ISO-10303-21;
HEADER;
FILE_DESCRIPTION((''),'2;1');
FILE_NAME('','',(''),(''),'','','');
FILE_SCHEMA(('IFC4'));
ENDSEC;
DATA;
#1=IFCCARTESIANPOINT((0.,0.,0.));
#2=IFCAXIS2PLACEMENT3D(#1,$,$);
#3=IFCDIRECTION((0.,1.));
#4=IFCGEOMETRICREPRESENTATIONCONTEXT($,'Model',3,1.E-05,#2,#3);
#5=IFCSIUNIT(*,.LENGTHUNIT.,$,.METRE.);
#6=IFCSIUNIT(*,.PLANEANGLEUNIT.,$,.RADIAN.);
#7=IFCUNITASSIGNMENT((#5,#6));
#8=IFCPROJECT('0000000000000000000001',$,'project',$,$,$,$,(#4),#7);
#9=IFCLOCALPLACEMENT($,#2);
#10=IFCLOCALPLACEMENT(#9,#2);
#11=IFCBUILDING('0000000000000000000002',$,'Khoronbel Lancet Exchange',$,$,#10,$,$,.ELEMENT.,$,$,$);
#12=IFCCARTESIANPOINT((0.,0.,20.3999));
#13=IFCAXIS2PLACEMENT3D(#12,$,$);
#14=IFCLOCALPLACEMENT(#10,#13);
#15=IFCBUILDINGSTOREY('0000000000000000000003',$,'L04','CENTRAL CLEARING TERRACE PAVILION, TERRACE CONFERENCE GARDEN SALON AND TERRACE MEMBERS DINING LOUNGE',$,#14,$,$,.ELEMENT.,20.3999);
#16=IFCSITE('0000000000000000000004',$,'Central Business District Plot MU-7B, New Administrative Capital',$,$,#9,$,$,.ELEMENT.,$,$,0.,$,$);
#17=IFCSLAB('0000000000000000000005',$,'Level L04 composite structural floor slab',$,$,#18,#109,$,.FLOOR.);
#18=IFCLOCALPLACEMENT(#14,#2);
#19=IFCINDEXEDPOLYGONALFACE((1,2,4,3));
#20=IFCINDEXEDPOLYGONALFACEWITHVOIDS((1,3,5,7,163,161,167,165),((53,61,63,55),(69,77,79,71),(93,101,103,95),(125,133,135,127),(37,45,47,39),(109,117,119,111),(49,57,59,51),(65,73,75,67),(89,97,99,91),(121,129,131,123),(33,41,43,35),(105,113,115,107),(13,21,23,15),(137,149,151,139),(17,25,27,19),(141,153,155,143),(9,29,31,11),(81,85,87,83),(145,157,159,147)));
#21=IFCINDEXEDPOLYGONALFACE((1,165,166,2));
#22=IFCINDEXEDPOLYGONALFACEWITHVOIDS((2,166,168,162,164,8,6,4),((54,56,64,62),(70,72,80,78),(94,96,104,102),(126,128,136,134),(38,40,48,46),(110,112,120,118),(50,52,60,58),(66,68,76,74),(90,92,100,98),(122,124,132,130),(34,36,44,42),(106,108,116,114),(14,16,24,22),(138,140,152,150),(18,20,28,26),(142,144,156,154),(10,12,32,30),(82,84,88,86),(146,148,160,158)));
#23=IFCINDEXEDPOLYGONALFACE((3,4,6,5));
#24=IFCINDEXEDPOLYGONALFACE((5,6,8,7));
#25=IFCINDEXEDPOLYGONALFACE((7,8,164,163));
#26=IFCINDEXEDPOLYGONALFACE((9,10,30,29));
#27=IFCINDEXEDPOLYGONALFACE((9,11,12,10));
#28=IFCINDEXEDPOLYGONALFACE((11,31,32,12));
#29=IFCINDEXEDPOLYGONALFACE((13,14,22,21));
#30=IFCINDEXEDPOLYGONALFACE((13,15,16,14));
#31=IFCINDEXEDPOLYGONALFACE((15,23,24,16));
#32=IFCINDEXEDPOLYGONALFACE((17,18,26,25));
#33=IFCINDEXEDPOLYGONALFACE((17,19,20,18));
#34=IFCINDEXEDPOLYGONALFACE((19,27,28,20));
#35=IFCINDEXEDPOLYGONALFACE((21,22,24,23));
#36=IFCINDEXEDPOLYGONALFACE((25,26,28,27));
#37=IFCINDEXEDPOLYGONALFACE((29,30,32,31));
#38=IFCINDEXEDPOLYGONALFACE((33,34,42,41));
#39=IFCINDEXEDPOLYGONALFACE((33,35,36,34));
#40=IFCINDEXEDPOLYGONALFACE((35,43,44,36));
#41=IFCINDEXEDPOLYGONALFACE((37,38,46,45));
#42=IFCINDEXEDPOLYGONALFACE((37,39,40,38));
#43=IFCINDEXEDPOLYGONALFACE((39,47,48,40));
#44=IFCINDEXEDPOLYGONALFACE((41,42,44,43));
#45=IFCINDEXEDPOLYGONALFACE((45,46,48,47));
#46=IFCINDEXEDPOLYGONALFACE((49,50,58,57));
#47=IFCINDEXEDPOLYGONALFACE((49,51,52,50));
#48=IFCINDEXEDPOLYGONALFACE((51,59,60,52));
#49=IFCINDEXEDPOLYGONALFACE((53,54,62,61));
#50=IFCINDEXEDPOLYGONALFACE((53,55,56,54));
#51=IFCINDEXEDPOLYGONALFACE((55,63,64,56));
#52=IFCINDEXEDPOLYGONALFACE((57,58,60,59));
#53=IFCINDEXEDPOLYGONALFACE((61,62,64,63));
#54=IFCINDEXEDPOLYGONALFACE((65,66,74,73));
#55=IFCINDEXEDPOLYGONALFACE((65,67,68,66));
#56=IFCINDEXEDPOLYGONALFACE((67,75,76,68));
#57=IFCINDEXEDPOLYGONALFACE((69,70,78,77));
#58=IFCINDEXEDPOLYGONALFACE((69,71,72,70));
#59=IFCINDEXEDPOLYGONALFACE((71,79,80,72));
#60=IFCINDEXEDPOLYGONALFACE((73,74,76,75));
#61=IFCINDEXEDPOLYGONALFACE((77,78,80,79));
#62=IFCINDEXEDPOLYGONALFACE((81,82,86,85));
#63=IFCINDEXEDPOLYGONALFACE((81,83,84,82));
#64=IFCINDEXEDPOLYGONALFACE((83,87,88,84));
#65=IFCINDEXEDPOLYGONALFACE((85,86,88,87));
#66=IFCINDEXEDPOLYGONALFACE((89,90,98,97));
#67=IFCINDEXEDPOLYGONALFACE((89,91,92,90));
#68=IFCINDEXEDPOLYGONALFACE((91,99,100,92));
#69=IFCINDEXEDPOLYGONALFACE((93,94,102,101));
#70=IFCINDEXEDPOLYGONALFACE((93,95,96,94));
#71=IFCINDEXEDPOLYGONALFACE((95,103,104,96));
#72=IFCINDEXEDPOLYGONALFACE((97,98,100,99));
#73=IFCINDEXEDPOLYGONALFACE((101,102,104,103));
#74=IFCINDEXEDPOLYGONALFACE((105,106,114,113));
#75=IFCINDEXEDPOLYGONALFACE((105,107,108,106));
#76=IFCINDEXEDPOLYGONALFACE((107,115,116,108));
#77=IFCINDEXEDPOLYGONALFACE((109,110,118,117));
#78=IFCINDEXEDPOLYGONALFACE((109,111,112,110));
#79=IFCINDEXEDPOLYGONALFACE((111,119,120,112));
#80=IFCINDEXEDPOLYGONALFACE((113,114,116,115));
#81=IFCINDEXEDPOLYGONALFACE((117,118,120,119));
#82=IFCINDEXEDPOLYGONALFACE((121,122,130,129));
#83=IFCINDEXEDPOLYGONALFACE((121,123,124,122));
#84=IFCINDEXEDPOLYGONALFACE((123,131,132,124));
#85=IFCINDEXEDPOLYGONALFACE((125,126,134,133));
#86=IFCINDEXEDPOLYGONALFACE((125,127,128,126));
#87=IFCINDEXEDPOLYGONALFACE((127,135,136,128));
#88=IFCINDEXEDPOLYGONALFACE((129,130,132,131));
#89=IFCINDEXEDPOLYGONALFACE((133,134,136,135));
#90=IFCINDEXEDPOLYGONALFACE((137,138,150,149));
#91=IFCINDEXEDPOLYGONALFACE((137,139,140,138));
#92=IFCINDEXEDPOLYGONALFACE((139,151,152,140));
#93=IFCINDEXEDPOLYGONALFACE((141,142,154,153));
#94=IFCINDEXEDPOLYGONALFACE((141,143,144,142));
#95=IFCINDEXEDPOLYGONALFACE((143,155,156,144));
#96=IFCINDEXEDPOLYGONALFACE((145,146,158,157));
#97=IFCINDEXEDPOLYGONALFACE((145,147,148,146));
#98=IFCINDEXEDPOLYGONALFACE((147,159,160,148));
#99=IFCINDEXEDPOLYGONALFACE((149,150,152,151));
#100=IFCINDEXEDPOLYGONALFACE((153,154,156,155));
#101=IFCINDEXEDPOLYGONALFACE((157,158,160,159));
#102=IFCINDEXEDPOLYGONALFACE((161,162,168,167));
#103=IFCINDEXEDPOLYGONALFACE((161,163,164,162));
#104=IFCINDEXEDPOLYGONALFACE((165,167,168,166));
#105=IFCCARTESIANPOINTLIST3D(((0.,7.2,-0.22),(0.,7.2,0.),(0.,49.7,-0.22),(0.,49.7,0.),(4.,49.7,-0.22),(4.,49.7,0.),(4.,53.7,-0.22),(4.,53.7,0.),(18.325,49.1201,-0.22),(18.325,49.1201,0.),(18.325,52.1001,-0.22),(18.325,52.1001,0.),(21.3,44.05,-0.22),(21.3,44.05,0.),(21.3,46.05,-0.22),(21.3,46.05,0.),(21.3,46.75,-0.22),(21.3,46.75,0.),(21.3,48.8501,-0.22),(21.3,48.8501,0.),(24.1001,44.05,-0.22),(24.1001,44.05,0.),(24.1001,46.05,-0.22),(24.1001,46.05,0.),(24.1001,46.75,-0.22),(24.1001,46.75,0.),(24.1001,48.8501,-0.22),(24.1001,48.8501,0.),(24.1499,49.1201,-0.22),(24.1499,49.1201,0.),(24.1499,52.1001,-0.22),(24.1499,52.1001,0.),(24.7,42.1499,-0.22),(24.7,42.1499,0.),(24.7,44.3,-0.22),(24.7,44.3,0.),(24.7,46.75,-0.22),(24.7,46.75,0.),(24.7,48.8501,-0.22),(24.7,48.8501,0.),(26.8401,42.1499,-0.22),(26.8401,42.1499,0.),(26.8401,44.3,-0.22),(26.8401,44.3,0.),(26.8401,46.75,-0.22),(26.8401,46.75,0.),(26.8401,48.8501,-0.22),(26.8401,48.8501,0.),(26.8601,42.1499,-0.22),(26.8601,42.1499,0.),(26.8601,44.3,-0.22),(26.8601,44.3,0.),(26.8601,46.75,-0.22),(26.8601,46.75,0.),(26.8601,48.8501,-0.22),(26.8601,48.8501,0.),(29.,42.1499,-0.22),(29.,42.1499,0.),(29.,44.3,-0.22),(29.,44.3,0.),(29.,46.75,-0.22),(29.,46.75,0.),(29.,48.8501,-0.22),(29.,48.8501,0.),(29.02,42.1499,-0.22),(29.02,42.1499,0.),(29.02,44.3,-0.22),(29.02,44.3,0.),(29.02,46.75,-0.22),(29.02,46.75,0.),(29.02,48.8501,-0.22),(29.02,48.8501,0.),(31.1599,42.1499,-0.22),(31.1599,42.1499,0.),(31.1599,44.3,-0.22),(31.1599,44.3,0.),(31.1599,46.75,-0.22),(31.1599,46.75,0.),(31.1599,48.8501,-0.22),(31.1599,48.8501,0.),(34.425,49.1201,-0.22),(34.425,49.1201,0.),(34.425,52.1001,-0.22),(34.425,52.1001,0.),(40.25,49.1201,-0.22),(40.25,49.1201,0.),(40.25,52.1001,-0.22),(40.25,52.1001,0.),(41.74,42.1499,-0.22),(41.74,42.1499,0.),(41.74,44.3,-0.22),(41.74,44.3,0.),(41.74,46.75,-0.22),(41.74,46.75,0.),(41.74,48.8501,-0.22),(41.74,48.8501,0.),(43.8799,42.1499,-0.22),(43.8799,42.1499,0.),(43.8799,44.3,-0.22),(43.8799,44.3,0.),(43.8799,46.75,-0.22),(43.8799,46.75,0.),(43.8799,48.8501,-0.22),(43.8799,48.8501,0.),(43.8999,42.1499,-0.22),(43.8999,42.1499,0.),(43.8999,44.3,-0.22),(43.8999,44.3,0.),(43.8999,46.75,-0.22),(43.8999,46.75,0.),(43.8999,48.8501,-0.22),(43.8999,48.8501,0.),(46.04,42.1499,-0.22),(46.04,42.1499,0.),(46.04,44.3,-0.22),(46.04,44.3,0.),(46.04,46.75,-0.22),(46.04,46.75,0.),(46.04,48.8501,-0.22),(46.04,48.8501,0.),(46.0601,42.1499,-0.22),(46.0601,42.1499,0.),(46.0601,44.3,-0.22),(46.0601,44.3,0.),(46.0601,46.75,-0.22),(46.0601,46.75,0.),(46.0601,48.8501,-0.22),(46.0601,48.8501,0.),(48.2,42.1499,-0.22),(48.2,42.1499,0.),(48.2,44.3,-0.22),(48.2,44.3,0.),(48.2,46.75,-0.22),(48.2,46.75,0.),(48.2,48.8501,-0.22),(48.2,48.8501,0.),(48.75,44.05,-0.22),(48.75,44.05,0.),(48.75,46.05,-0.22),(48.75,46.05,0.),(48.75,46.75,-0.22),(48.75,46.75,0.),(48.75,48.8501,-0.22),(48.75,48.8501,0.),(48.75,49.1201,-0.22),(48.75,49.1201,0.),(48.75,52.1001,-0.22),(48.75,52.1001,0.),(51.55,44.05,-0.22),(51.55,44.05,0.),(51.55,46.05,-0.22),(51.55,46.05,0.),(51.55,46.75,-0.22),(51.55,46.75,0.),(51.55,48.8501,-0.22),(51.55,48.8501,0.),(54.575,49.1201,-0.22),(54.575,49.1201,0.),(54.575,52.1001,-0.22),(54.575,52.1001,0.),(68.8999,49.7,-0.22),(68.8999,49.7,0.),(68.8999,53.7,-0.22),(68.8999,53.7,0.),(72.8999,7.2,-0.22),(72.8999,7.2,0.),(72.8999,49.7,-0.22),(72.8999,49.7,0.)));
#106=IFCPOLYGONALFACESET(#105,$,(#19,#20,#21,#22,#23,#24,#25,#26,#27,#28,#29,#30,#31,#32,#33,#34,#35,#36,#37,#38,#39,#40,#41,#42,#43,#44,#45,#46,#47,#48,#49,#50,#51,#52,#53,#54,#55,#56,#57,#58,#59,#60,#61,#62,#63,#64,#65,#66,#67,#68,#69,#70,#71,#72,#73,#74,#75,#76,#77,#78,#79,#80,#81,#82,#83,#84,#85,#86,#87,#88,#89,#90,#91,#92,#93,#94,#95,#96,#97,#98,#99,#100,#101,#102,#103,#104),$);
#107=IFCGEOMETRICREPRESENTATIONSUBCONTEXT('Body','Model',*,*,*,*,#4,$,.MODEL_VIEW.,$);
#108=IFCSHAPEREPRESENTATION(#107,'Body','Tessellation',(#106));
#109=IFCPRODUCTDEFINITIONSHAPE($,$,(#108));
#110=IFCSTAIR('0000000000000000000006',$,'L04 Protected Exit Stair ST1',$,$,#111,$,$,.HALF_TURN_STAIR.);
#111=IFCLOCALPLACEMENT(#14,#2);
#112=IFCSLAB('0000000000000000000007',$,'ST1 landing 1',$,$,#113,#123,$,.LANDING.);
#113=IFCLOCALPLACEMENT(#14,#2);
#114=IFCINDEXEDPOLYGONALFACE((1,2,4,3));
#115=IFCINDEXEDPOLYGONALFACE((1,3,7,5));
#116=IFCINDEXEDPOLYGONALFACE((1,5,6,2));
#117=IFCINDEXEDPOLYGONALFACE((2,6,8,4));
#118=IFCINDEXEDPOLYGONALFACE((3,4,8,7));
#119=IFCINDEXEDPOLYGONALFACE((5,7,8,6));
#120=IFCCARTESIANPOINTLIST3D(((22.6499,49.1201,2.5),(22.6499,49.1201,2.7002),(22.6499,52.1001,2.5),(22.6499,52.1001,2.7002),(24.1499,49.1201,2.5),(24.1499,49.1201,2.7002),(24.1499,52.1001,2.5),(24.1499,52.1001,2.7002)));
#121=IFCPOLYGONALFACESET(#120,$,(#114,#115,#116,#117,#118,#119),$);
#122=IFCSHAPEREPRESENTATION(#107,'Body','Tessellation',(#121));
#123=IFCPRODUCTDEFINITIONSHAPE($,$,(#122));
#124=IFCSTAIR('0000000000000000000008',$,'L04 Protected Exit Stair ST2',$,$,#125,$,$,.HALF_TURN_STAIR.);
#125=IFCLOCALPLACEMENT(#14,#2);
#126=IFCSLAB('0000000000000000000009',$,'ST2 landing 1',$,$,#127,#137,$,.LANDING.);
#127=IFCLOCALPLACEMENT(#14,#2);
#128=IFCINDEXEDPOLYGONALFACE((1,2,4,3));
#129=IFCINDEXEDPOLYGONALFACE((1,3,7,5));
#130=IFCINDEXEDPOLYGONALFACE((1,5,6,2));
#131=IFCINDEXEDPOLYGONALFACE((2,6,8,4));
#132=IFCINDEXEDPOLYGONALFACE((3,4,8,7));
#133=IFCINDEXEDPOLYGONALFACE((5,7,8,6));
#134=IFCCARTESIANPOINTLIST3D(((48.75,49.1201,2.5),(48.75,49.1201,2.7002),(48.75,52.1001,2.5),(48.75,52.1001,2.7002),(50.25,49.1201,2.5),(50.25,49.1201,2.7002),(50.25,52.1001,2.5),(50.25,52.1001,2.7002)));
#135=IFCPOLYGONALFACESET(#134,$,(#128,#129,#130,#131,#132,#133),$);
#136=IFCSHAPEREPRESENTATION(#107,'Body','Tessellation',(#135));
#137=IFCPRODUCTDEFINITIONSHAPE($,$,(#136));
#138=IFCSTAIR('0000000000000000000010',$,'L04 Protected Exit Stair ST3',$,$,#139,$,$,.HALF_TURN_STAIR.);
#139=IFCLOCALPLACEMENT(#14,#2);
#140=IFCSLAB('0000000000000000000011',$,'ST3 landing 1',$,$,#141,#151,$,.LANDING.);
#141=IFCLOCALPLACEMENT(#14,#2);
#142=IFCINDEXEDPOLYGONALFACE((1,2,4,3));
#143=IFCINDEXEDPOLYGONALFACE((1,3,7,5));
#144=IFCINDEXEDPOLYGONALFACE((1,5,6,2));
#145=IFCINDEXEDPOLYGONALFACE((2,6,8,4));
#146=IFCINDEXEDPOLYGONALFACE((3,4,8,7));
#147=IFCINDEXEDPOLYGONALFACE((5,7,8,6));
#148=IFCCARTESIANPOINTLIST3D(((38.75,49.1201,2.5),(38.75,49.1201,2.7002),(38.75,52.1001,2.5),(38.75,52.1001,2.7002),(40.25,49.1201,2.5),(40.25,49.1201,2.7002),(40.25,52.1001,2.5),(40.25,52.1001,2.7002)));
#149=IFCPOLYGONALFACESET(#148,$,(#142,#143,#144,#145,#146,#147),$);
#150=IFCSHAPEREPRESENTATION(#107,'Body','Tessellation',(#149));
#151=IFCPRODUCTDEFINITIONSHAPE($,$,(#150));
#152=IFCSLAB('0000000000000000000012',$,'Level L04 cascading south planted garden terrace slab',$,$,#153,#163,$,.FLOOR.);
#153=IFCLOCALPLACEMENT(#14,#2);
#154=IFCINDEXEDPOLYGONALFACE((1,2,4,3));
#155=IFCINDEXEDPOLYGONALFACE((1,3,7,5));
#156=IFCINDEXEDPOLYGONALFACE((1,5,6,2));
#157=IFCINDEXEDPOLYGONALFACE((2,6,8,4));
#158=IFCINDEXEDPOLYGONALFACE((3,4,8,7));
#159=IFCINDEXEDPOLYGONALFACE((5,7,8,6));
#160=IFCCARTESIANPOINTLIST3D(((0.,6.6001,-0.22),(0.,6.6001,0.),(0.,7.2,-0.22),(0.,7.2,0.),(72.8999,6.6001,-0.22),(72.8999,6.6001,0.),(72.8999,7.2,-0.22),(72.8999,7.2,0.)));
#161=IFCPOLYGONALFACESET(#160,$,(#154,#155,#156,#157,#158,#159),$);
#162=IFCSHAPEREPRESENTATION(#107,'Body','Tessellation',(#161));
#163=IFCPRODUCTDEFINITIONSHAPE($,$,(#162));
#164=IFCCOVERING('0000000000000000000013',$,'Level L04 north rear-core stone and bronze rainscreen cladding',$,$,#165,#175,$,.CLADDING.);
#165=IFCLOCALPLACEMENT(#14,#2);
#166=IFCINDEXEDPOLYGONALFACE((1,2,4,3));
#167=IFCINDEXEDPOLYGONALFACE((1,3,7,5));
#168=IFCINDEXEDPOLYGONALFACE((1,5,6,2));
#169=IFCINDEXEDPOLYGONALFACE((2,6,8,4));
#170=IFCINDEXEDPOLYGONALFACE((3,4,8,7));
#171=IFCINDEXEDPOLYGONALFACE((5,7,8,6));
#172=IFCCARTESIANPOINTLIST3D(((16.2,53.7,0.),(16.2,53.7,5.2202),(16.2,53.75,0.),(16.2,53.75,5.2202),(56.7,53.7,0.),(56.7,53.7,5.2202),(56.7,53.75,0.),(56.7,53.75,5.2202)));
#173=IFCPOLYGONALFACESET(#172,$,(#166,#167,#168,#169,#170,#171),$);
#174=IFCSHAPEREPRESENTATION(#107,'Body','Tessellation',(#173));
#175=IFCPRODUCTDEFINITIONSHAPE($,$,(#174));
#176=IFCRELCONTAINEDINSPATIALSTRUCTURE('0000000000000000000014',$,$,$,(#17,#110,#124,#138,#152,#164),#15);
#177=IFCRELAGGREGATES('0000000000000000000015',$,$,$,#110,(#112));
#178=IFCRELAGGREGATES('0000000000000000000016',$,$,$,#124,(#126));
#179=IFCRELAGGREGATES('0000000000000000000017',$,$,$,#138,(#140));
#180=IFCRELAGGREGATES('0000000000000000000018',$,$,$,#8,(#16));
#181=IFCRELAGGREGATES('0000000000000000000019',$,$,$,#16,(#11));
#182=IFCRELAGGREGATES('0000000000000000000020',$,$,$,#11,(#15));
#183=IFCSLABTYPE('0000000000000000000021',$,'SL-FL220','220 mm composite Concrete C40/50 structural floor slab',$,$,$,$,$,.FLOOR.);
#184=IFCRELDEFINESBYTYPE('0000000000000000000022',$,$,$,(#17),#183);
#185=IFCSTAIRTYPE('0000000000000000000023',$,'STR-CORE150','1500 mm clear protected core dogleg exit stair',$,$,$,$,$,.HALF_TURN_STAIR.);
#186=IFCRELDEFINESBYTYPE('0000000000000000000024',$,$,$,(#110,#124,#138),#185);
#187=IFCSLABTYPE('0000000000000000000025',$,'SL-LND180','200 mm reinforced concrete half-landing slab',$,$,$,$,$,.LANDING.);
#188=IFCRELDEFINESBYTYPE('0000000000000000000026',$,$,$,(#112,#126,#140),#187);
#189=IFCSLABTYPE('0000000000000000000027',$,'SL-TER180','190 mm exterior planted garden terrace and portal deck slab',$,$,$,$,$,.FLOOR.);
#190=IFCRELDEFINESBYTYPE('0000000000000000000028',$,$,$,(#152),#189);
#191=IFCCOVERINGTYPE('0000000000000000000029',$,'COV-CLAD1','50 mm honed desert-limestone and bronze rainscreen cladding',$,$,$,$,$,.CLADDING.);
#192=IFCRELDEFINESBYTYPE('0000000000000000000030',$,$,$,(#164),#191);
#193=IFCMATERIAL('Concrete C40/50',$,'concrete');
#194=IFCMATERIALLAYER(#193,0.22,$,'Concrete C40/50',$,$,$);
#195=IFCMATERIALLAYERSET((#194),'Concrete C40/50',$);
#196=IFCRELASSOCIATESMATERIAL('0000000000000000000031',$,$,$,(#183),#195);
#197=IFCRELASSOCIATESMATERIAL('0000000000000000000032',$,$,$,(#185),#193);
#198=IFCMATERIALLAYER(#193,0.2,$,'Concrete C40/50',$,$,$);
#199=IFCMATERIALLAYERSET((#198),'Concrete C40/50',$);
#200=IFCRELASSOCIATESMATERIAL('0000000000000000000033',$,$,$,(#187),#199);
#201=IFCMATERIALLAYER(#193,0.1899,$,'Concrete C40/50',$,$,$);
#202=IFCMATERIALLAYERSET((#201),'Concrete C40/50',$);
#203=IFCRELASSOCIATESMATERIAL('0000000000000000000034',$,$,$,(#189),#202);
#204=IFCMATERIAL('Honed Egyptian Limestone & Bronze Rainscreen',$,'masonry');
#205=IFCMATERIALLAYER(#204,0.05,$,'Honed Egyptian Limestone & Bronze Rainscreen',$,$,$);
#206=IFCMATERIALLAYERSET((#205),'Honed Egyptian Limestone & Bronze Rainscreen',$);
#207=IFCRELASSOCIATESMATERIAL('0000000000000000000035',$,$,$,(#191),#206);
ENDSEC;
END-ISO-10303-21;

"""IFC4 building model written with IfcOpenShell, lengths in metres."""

from ifc_helpers import new_model, si_unit, direction, frame, origin, place, context, subcontext, project, spatial, polyline, outline, extrude, material, layer, layer_set, type_object, element, aggregate, save


model = new_model("IFC4")

# Units and contexts
model_context = context("Model", 3, precision=1e-05, world=origin(), true_north=direction((0.0, 1.0)))
body_context = subcontext(model_context, "Body", "Model", "MODEL_VIEW")
ifc_project = project(units=[si_unit("LENGTHUNIT", "METRE"), si_unit("PLANEANGLEUNIT", "RADIAN")], contexts=[model_context])

# Site, building, storey
site_placement = place(None, origin())
site = spatial("IfcSite", under=ifc_project, at=site_placement, Name="Central Business District Plot MU-7B, New Administrative Capital", CompositionType="ELEMENT", RefElevation=0.0)
building_placement = place(site_placement, origin())
building = spatial("IfcBuilding", under=site, at=building_placement, Name="Khoronbel Lancet Exchange", CompositionType="ELEMENT")
storey_placement = place(building_placement, frame((0.0, 0.0, 20.3999)))
storey = spatial("IfcBuildingStorey", under=building, at=storey_placement, Name="L04", Description="CENTRAL CLEARING TERRACE PAVILION, TERRACE CONFERENCE GARDEN SALON AND TERRACE MEMBERS DINING LOUNGE", CompositionType="ELEMENT", Elevation=20.3999)

# Slab
ifc_material_1 = material(Name="Concrete C40/50", Category="concrete")
ifc_layer_1 = layer(ifc_material_1, 0.22, Name="Concrete C40/50")
ifc_layer_set_1 = layer_set([ifc_layer_1], Name="Concrete C40/50")
slab_type_1 = type_object("IfcSlabType", Name="SL-FL220", Description="220 mm composite Concrete C40/50 structural floor slab", PredefinedType="FLOOR", material=ifc_layer_set_1)
slab_1_placement = place(storey_placement, frame((0.0, 0.0, -0.22)))
element("IfcSlab", 1, at=slab_1_placement, inside=storey, type_object=slab_type_1, Name="Level L04 composite structural floor slab", PredefinedType="FLOOR", context=body_context, shape_type="SweptSolid", body=[
    extrude(outline(polyline([(0.0, 7.2), (72.8999, 7.2), (72.8999, 49.7), (68.8999, 49.7), (68.8999, 53.7), (4.0, 53.7), (4.0, 49.7), (0.0, 49.7), (0.0, 7.2)]), holes=[polyline([(18.325, 49.1201), (24.1499, 49.1201), (24.1499, 52.1001), (18.325, 52.1001), (18.325, 49.1201)]), polyline([(48.75, 49.1201), (54.575, 49.1201), (54.575, 52.1001), (48.75, 52.1001), (48.75, 49.1201)]), polyline([(34.425, 49.1201), (40.25, 49.1201), (40.25, 52.1001), (34.425, 52.1001), (34.425, 49.1201)]), polyline([(24.7, 46.75), (26.8401, 46.75), (26.8401, 48.8501), (24.7, 48.8501), (24.7, 46.75)]), polyline([(26.8601, 46.75), (29.0, 46.75), (29.0, 48.8501), (26.8601, 48.8501), (26.8601, 46.75)]), polyline([(29.02, 46.75), (31.1599, 46.75), (31.1599, 48.8501), (29.02, 48.8501), (29.02, 46.75)]), polyline([(24.7, 42.1499), (26.8401, 42.1499), (26.8401, 44.3), (24.7, 44.3), (24.7, 42.1499)]), polyline([(26.8601, 42.1499), (29.0, 42.1499), (29.0, 44.3), (26.8601, 44.3), (26.8601, 42.1499)]), polyline([(29.02, 42.1499), (31.1599, 42.1499), (31.1599, 44.3), (29.02, 44.3), (29.02, 42.1499)]), polyline([(41.74, 46.75), (43.8799, 46.75), (43.8799, 48.8501), (41.74, 48.8501), (41.74, 46.75)]), polyline([(43.8999, 46.75), (46.04, 46.75), (46.04, 48.8501), (43.8999, 48.8501), (43.8999, 46.75)]), polyline([(46.0601, 46.75), (48.2, 46.75), (48.2, 48.8501), (46.0601, 48.8501), (46.0601, 46.75)]), polyline([(41.74, 42.1499), (43.8799, 42.1499), (43.8799, 44.3), (41.74, 44.3), (41.74, 42.1499)]), polyline([(43.8999, 42.1499), (46.04, 42.1499), (46.04, 44.3), (43.8999, 44.3), (43.8999, 42.1499)]), polyline([(46.0601, 42.1499), (48.2, 42.1499), (48.2, 44.3), (46.0601, 44.3), (46.0601, 42.1499)]), polyline([(21.3, 46.75), (24.1001, 46.75), (24.1001, 48.8501), (21.3, 48.8501), (21.3, 46.75)]), polyline([(48.75, 46.75), (51.55, 46.75), (51.55, 48.8501), (48.75, 48.8501), (48.75, 46.75)]), polyline([(21.3, 44.05), (24.1001, 44.05), (24.1001, 46.05), (21.3, 46.05), (21.3, 44.05)]), polyline([(48.75, 44.05), (51.55, 44.05), (51.55, 46.05), (48.75, 46.05), (48.75, 44.05)])]), origin(), (0.0, 0.0, 1.0), 0.22),
])

# Stairs, slabs
stair_type = type_object("IfcStairType", Name="STR-CORE150", Description="1500 mm clear protected core dogleg exit stair", PredefinedType="HALF_TURN_STAIR", material=ifc_material_1)
stair_1_placement = place(storey_placement, origin())
stair_1 = element("IfcStair", 2, at=stair_1_placement, inside=storey, type_object=stair_type, Name="L04 Protected Exit Stair ST1", PredefinedType="HALF_TURN_STAIR")
ifc_layer_2 = layer(ifc_material_1, 0.2, Name="Concrete C40/50")
ifc_layer_set_2 = layer_set([ifc_layer_2], Name="Concrete C40/50")
slab_type_2 = type_object("IfcSlabType", Name="SL-LND180", Description="200 mm reinforced concrete half-landing slab", PredefinedType="LANDING", material=ifc_layer_set_2)
slab_2_placement = place(storey_placement, frame((0.0, 0.0, 2.5)))
slab_2 = element("IfcSlab", 3, at=slab_2_placement, type_object=slab_type_2, Name="ST1 landing 1", PredefinedType="LANDING", context=body_context, shape_type="SweptSolid", body=[
    extrude(outline(polyline([(22.6499, 49.1201), (24.1499, 49.1201), (24.1499, 52.1001), (22.6499, 52.1001), (22.6499, 49.1201)])), origin(), (0.0, 0.0, 1.0), 0.2002),
])
aggregate(stair_1, [slab_2])
stair_2_placement = place(storey_placement, origin())
stair_2 = element("IfcStair", 4, at=stair_2_placement, inside=storey, type_object=stair_type, Name="L04 Protected Exit Stair ST2", PredefinedType="HALF_TURN_STAIR")
slab_3_placement = place(storey_placement, frame((0.0, 0.0, 2.5)))
slab_3 = element("IfcSlab", 5, at=slab_3_placement, type_object=slab_type_2, Name="ST2 landing 1", PredefinedType="LANDING", context=body_context, shape_type="SweptSolid", body=[
    extrude(outline(polyline([(50.25, 52.1001), (48.75, 52.1001), (48.75, 49.1201), (50.25, 49.1201), (50.25, 52.1001)])), origin(), (0.0, 0.0, 1.0), 0.2002),
])
aggregate(stair_2, [slab_3])
stair_3_placement = place(storey_placement, origin())
stair_3 = element("IfcStair", 6, at=stair_3_placement, inside=storey, type_object=stair_type, Name="L04 Protected Exit Stair ST3", PredefinedType="HALF_TURN_STAIR")
slab_4_placement = place(storey_placement, frame((0.0, 0.0, 2.5)))
slab_4 = element("IfcSlab", 7, at=slab_4_placement, type_object=slab_type_2, Name="ST3 landing 1", PredefinedType="LANDING", context=body_context, shape_type="SweptSolid", body=[
    extrude(outline(polyline([(38.75, 49.1201), (40.25, 49.1201), (40.25, 52.1001), (38.75, 52.1001), (38.75, 49.1201)])), origin(), (0.0, 0.0, 1.0), 0.2002),
])
aggregate(stair_3, [slab_4])

# Slab
ifc_layer_3 = layer(ifc_material_1, 0.1899, Name="Concrete C40/50")
ifc_layer_set_3 = layer_set([ifc_layer_3], Name="Concrete C40/50")
slab_type_3 = type_object("IfcSlabType", Name="SL-TER180", Description="190 mm exterior planted garden terrace and portal deck slab", PredefinedType="FLOOR", material=ifc_layer_set_3)
slab_5_placement = place(storey_placement, frame((0.0, 0.0, -0.22)))
element("IfcSlab", 8, at=slab_5_placement, inside=storey, type_object=slab_type_3, Name="Level L04 cascading south planted garden terrace slab", PredefinedType="FLOOR", context=body_context, shape_type="SweptSolid", body=[
    extrude(outline(polyline([(0.0, 6.6001), (72.8999, 6.6001), (72.8999, 7.2), (0.0, 7.2), (0.0, 6.6001)])), origin(), (0.0, 0.0, 1.0), 0.22),
])

# Covering
ifc_material_2 = material(Name="Honed Egyptian Limestone & Bronze Rainscreen", Category="masonry")
ifc_layer_4 = layer(ifc_material_2, 0.05, Name="Honed Egyptian Limestone & Bronze Rainscreen")
ifc_layer_set_4 = layer_set([ifc_layer_4], Name="Honed Egyptian Limestone & Bronze Rainscreen")
covering_type_1 = type_object("IfcCoveringType", Name="COV-CLAD1", Description="50 mm honed desert-limestone and bronze rainscreen cladding", PredefinedType="CLADDING", material=ifc_layer_set_4)
covering_1_placement = place(storey_placement, origin())
element("IfcCovering", 9, at=covering_1_placement, inside=storey, type_object=covering_type_1, Name="Level L04 north rear-core stone and bronze rainscreen cladding", PredefinedType="CLADDING", context=body_context, shape_type="SweptSolid", body=[
    extrude(outline(polyline([(16.2, 53.7), (56.7, 53.7), (56.7, 53.75), (16.2, 53.75), (16.2, 53.7)])), origin(), (0.0, 0.0, 1.0), 5.2202),
])

save(model, "model.ifc")
